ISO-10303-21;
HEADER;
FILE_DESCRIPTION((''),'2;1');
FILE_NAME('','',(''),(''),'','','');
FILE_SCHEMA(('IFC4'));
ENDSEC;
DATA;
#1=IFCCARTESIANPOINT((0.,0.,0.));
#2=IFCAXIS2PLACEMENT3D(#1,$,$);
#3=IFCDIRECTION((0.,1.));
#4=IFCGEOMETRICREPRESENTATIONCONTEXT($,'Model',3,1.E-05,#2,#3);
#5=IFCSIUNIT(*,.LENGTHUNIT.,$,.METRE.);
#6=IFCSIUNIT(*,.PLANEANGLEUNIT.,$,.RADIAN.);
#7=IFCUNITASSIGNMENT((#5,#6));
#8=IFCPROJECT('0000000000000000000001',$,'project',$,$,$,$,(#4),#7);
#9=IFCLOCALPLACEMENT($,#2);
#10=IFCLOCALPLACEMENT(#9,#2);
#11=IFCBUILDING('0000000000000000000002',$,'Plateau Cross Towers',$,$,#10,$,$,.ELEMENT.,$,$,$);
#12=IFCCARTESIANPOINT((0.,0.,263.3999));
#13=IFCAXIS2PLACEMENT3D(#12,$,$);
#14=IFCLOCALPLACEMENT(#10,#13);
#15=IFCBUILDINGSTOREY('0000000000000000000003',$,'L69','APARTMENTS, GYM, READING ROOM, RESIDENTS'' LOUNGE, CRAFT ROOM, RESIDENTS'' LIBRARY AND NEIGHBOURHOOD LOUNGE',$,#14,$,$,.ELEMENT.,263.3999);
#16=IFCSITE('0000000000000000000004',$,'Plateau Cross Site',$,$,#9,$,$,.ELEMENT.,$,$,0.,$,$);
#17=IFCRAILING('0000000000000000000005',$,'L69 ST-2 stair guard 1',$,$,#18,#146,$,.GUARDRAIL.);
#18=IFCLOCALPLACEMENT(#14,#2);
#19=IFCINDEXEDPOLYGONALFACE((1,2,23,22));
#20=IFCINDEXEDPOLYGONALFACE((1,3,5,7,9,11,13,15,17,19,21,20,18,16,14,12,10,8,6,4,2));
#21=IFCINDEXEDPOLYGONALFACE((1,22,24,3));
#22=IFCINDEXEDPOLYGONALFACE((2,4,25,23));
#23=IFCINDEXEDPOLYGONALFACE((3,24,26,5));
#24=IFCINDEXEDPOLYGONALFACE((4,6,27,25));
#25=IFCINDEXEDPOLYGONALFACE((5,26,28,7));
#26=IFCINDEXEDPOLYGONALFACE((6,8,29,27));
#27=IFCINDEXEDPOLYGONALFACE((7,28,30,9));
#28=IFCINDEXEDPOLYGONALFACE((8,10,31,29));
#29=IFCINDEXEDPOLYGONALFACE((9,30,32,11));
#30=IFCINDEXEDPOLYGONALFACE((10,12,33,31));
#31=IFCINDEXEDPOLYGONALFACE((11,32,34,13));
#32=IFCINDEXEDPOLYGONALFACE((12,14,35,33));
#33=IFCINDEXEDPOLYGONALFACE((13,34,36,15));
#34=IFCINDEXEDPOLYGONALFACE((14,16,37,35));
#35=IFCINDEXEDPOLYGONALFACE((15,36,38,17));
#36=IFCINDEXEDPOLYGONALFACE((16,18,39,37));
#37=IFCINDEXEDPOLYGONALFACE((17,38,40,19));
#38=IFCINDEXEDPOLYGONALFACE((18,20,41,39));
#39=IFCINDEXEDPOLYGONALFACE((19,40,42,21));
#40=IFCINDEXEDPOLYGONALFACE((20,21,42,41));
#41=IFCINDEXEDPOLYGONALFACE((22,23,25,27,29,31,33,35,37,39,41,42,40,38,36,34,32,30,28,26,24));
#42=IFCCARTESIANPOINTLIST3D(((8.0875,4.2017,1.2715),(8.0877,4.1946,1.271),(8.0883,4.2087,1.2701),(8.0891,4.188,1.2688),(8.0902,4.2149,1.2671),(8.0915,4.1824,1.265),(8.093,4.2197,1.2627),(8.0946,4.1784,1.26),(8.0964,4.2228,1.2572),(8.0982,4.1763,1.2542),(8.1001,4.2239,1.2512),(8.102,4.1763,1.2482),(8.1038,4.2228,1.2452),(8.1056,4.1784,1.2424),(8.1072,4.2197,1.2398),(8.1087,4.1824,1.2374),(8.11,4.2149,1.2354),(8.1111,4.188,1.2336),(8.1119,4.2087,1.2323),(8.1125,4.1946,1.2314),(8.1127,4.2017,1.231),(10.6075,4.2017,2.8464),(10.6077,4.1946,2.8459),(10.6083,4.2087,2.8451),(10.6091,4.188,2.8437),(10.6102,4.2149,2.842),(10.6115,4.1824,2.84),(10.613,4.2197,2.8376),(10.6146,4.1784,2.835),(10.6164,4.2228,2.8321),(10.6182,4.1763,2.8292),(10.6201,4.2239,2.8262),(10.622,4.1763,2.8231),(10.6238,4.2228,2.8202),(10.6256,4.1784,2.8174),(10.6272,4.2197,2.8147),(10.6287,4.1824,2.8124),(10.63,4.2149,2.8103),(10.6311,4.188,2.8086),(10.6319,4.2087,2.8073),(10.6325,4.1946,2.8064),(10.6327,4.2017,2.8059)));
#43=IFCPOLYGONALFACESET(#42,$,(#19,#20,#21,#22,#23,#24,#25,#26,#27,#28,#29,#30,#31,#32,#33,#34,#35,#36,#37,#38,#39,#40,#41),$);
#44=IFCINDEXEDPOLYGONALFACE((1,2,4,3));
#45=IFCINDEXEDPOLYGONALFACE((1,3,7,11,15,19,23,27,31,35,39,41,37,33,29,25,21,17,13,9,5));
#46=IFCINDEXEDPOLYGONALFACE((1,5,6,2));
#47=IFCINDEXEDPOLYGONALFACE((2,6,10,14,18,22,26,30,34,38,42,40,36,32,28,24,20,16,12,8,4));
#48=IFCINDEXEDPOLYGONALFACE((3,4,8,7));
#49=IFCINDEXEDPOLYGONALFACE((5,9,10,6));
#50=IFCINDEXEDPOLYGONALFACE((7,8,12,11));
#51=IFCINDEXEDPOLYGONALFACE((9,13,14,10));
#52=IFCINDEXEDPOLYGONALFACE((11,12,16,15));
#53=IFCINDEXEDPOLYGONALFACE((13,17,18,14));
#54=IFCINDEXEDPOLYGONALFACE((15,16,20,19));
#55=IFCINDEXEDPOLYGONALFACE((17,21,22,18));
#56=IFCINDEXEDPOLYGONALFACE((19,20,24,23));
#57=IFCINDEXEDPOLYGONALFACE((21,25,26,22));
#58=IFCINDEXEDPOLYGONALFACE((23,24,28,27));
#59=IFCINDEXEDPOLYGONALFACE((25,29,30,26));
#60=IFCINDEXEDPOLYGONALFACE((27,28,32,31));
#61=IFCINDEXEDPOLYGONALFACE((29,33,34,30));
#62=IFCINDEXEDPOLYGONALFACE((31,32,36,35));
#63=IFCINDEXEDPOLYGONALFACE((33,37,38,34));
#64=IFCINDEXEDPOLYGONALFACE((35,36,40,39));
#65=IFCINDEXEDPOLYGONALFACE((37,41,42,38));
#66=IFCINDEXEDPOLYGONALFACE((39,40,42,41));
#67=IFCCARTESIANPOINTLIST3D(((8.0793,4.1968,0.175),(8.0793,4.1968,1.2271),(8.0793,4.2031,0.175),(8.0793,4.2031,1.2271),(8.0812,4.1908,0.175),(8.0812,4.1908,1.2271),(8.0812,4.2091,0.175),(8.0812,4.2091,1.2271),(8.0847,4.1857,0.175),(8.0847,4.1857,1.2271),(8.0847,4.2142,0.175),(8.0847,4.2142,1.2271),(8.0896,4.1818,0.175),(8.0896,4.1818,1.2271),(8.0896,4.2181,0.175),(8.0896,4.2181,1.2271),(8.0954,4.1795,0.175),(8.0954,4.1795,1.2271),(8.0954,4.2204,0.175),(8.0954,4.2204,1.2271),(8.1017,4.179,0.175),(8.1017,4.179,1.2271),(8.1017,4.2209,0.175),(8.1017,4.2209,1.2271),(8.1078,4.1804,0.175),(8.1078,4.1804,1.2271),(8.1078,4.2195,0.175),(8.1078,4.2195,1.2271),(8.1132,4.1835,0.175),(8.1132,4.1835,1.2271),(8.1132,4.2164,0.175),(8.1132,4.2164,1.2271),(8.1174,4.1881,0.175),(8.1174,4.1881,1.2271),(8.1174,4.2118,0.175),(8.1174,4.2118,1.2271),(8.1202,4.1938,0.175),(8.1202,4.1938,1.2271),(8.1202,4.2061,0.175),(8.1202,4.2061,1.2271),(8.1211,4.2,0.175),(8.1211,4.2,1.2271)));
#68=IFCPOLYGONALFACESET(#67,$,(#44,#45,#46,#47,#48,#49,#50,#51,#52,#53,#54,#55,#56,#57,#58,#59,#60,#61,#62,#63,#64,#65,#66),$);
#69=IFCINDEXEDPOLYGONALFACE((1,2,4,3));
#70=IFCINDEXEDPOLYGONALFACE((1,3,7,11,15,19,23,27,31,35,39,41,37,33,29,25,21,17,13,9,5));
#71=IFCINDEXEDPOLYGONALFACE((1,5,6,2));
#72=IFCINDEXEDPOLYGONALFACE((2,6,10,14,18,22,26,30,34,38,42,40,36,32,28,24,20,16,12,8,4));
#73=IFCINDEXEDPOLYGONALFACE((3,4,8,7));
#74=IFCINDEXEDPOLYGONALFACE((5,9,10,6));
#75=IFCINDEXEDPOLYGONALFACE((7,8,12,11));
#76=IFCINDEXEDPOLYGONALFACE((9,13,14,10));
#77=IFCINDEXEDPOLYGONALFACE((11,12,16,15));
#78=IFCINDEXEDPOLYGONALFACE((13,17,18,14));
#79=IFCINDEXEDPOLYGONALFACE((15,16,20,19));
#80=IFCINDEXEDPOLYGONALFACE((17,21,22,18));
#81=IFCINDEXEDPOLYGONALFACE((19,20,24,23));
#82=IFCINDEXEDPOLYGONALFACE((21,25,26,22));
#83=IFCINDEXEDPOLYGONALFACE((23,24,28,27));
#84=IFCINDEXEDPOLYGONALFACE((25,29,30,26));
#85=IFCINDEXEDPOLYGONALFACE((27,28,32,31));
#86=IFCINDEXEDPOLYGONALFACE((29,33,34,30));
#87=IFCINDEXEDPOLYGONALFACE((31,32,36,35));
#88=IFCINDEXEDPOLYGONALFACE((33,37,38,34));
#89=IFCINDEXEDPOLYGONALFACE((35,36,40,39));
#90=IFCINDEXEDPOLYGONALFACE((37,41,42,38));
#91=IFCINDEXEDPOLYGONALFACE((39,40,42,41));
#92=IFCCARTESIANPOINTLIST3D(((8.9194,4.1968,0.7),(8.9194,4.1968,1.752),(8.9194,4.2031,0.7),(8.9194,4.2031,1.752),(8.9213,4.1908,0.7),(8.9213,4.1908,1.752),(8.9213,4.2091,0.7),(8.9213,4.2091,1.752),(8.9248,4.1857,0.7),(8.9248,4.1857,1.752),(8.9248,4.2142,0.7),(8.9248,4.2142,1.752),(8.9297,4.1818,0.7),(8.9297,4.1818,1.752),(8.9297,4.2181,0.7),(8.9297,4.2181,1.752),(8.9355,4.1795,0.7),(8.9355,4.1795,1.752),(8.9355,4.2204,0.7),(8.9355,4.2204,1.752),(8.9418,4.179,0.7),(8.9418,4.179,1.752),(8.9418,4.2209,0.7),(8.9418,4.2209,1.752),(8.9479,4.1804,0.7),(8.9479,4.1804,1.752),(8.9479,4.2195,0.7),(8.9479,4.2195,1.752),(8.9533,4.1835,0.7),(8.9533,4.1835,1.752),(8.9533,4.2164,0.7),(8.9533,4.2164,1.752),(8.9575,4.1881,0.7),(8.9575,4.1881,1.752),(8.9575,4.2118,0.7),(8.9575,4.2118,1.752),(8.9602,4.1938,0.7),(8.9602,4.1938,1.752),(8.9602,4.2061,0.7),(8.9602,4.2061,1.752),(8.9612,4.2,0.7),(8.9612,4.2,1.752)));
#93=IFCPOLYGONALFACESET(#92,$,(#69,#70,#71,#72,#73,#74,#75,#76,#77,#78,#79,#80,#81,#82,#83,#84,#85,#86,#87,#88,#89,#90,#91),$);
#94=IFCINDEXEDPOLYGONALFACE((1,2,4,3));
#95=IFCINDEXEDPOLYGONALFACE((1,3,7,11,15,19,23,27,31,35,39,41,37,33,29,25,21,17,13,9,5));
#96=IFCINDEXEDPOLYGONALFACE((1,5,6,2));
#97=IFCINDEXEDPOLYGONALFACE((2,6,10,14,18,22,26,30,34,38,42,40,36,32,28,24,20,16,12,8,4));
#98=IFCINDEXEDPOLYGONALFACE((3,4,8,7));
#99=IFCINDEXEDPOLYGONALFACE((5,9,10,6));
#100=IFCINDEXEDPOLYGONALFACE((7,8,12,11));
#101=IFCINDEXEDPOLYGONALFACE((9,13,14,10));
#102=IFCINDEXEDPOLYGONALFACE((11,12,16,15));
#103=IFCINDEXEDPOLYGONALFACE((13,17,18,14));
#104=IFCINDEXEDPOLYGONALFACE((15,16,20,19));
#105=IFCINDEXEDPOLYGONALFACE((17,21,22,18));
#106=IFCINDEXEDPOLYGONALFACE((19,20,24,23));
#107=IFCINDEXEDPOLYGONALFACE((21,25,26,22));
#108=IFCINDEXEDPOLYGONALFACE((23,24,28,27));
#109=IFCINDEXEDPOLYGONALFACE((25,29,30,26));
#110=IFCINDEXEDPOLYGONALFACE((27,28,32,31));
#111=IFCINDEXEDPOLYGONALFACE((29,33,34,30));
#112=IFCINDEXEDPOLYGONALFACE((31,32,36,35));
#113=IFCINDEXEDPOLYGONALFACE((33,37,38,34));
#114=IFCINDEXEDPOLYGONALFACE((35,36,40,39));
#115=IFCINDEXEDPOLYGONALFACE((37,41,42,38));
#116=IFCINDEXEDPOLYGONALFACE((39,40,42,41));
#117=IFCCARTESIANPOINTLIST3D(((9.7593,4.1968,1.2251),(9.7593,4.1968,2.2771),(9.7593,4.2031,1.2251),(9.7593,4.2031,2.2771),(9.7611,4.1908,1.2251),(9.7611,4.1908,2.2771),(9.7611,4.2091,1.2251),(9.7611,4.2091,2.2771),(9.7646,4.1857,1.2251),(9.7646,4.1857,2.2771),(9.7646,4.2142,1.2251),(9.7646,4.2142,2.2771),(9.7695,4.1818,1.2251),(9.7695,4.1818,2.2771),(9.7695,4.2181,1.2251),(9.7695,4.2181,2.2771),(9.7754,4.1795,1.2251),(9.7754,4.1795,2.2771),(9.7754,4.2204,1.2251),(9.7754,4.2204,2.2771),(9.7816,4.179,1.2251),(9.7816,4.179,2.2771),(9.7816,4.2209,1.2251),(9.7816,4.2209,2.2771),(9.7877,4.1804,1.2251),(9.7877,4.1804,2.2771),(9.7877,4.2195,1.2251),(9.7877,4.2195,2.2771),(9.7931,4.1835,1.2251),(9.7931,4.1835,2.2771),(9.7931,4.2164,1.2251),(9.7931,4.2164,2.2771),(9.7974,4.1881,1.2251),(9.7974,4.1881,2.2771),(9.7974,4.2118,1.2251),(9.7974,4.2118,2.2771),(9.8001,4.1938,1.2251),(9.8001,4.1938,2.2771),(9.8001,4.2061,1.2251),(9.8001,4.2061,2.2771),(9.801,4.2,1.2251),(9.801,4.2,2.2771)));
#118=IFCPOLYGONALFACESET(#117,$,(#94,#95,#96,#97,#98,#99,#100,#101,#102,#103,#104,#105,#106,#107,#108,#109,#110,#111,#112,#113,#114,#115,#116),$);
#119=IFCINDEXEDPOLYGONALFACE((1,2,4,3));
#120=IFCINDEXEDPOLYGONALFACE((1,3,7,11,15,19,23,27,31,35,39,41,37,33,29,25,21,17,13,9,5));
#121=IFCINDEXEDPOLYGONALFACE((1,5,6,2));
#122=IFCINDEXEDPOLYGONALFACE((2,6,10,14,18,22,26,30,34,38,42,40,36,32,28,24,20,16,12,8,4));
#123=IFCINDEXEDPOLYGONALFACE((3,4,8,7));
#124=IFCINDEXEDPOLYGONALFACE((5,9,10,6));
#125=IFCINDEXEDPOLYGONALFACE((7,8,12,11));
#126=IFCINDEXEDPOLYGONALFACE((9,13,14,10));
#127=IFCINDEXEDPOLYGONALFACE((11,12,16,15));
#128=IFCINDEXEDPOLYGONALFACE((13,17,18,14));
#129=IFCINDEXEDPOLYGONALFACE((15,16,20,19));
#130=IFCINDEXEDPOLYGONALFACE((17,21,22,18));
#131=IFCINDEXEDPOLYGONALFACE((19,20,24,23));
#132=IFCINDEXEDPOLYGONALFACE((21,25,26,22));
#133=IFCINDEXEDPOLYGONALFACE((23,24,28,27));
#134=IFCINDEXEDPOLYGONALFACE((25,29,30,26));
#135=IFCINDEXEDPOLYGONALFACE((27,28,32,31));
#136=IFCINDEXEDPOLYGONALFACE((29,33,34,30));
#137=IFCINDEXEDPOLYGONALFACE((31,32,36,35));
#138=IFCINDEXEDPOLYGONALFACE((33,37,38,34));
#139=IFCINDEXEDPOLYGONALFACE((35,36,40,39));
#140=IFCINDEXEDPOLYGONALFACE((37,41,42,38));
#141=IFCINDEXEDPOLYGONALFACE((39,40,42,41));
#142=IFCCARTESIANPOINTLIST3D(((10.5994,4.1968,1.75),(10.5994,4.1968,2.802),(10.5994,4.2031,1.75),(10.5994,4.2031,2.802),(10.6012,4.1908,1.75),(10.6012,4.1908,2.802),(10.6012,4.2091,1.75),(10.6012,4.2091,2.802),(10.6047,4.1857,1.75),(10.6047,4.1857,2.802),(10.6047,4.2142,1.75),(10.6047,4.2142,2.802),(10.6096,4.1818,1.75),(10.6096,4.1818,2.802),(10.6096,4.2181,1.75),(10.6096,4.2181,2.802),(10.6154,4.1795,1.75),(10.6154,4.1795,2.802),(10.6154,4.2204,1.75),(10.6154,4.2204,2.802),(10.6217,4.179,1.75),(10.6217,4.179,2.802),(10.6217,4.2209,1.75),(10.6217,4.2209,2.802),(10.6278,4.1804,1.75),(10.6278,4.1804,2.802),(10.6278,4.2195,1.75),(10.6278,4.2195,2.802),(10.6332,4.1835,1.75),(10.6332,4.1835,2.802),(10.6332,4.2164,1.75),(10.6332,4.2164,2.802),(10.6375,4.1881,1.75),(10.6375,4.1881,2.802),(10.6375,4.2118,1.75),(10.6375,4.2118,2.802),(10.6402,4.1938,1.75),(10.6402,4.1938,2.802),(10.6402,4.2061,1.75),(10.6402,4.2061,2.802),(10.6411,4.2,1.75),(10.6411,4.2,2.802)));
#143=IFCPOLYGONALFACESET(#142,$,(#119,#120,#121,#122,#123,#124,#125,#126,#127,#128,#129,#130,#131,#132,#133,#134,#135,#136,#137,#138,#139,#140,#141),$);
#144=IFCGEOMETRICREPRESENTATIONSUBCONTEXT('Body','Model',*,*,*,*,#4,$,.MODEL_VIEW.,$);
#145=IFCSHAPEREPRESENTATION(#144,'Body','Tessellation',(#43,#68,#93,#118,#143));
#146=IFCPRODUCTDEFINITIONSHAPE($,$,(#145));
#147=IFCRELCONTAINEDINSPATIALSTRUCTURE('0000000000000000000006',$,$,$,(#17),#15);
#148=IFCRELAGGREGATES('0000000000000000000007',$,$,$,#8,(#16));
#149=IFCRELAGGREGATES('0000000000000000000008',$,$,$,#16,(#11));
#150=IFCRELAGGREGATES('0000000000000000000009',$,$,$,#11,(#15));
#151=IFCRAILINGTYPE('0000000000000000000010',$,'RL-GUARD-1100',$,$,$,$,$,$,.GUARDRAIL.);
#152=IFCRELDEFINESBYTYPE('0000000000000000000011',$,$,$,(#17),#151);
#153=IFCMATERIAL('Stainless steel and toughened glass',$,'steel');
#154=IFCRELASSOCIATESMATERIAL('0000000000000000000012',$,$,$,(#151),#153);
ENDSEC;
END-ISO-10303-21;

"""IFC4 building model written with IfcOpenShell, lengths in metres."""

from ifc_helpers import new_model, si_unit, direction, frame, origin, origin_2d, place, context, subcontext, project, spatial, circle, extrude, material, type_object, element, save


model = new_model("IFC4")

# Units and contexts
model_context = context("Model", 3, precision=1e-05, world=origin(), true_north=direction((0.0, 1.0)))
body_context = subcontext(model_context, "Body", "Model", "MODEL_VIEW")
ifc_project = project(units=[si_unit("LENGTHUNIT", "METRE"), si_unit("PLANEANGLEUNIT", "RADIAN")], contexts=[model_context])

# Site, building, storey
site_placement = place(None, origin())
site = spatial("IfcSite", under=ifc_project, at=site_placement, Name="Plateau Cross Site", CompositionType="ELEMENT", RefElevation=0.0)
building_placement = place(site_placement, origin())
building = spatial("IfcBuilding", under=site, at=building_placement, Name="Plateau Cross Towers", CompositionType="ELEMENT")
storey_placement = place(building_placement, frame((0.0, 0.0, 263.3999)))
storey = spatial("IfcBuildingStorey", under=building, at=storey_placement, Name="L69", Description="APARTMENTS, GYM, READING ROOM, RESIDENTS' LOUNGE, CRAFT ROOM, RESIDENTS' LIBRARY AND NEIGHBOURHOOD LOUNGE", CompositionType="ELEMENT", Elevation=263.3999)

# Railing
ifc_material_1 = material(Name="Stainless steel and toughened glass", Category="steel")
railing_type_1 = type_object("IfcRailingType", Name="RL-GUARD-1100", PredefinedType="GUARDRAIL", material=ifc_material_1)
railing_1_placement = place(storey_placement, frame((8.1001, 4.2, 0.175)))
element("IfcRailing", 1, at=railing_1_placement, inside=storey, type_object=railing_type_1, Name="L69 ST-2 stair guard 1", PredefinedType="GUARDRAIL", context=body_context, shape_type="SweptSolid", body=[
    extrude(circle(Radius=0.0239, at=origin_2d()), frame((0.0, 0.0, 1.0762), z_axis=(0.848008, 0.0, 0.529984), x_axis=(0.0, 1.0, 0.0)), (0.0, 0.0, 1.0), 2.9717),
    extrude(circle(Radius=0.021, at=origin_2d()), origin(), (0.0, 0.0, 1.0), 1.052),
    extrude(circle(Radius=0.021, at=origin_2d()), frame((0.8401, 0.0, 0.5249)), (0.0, 0.0, 1.0), 1.052),
    extrude(circle(Radius=0.021, at=origin_2d()), frame((1.6799, 0.0, 1.05)), (0.0, 0.0, 1.0), 1.052),
    extrude(circle(Radius=0.021, at=origin_2d()), frame((2.52, 0.0, 1.575)), (0.0, 0.0, 1.0), 1.052),
])

save(model, "model.ifc")
